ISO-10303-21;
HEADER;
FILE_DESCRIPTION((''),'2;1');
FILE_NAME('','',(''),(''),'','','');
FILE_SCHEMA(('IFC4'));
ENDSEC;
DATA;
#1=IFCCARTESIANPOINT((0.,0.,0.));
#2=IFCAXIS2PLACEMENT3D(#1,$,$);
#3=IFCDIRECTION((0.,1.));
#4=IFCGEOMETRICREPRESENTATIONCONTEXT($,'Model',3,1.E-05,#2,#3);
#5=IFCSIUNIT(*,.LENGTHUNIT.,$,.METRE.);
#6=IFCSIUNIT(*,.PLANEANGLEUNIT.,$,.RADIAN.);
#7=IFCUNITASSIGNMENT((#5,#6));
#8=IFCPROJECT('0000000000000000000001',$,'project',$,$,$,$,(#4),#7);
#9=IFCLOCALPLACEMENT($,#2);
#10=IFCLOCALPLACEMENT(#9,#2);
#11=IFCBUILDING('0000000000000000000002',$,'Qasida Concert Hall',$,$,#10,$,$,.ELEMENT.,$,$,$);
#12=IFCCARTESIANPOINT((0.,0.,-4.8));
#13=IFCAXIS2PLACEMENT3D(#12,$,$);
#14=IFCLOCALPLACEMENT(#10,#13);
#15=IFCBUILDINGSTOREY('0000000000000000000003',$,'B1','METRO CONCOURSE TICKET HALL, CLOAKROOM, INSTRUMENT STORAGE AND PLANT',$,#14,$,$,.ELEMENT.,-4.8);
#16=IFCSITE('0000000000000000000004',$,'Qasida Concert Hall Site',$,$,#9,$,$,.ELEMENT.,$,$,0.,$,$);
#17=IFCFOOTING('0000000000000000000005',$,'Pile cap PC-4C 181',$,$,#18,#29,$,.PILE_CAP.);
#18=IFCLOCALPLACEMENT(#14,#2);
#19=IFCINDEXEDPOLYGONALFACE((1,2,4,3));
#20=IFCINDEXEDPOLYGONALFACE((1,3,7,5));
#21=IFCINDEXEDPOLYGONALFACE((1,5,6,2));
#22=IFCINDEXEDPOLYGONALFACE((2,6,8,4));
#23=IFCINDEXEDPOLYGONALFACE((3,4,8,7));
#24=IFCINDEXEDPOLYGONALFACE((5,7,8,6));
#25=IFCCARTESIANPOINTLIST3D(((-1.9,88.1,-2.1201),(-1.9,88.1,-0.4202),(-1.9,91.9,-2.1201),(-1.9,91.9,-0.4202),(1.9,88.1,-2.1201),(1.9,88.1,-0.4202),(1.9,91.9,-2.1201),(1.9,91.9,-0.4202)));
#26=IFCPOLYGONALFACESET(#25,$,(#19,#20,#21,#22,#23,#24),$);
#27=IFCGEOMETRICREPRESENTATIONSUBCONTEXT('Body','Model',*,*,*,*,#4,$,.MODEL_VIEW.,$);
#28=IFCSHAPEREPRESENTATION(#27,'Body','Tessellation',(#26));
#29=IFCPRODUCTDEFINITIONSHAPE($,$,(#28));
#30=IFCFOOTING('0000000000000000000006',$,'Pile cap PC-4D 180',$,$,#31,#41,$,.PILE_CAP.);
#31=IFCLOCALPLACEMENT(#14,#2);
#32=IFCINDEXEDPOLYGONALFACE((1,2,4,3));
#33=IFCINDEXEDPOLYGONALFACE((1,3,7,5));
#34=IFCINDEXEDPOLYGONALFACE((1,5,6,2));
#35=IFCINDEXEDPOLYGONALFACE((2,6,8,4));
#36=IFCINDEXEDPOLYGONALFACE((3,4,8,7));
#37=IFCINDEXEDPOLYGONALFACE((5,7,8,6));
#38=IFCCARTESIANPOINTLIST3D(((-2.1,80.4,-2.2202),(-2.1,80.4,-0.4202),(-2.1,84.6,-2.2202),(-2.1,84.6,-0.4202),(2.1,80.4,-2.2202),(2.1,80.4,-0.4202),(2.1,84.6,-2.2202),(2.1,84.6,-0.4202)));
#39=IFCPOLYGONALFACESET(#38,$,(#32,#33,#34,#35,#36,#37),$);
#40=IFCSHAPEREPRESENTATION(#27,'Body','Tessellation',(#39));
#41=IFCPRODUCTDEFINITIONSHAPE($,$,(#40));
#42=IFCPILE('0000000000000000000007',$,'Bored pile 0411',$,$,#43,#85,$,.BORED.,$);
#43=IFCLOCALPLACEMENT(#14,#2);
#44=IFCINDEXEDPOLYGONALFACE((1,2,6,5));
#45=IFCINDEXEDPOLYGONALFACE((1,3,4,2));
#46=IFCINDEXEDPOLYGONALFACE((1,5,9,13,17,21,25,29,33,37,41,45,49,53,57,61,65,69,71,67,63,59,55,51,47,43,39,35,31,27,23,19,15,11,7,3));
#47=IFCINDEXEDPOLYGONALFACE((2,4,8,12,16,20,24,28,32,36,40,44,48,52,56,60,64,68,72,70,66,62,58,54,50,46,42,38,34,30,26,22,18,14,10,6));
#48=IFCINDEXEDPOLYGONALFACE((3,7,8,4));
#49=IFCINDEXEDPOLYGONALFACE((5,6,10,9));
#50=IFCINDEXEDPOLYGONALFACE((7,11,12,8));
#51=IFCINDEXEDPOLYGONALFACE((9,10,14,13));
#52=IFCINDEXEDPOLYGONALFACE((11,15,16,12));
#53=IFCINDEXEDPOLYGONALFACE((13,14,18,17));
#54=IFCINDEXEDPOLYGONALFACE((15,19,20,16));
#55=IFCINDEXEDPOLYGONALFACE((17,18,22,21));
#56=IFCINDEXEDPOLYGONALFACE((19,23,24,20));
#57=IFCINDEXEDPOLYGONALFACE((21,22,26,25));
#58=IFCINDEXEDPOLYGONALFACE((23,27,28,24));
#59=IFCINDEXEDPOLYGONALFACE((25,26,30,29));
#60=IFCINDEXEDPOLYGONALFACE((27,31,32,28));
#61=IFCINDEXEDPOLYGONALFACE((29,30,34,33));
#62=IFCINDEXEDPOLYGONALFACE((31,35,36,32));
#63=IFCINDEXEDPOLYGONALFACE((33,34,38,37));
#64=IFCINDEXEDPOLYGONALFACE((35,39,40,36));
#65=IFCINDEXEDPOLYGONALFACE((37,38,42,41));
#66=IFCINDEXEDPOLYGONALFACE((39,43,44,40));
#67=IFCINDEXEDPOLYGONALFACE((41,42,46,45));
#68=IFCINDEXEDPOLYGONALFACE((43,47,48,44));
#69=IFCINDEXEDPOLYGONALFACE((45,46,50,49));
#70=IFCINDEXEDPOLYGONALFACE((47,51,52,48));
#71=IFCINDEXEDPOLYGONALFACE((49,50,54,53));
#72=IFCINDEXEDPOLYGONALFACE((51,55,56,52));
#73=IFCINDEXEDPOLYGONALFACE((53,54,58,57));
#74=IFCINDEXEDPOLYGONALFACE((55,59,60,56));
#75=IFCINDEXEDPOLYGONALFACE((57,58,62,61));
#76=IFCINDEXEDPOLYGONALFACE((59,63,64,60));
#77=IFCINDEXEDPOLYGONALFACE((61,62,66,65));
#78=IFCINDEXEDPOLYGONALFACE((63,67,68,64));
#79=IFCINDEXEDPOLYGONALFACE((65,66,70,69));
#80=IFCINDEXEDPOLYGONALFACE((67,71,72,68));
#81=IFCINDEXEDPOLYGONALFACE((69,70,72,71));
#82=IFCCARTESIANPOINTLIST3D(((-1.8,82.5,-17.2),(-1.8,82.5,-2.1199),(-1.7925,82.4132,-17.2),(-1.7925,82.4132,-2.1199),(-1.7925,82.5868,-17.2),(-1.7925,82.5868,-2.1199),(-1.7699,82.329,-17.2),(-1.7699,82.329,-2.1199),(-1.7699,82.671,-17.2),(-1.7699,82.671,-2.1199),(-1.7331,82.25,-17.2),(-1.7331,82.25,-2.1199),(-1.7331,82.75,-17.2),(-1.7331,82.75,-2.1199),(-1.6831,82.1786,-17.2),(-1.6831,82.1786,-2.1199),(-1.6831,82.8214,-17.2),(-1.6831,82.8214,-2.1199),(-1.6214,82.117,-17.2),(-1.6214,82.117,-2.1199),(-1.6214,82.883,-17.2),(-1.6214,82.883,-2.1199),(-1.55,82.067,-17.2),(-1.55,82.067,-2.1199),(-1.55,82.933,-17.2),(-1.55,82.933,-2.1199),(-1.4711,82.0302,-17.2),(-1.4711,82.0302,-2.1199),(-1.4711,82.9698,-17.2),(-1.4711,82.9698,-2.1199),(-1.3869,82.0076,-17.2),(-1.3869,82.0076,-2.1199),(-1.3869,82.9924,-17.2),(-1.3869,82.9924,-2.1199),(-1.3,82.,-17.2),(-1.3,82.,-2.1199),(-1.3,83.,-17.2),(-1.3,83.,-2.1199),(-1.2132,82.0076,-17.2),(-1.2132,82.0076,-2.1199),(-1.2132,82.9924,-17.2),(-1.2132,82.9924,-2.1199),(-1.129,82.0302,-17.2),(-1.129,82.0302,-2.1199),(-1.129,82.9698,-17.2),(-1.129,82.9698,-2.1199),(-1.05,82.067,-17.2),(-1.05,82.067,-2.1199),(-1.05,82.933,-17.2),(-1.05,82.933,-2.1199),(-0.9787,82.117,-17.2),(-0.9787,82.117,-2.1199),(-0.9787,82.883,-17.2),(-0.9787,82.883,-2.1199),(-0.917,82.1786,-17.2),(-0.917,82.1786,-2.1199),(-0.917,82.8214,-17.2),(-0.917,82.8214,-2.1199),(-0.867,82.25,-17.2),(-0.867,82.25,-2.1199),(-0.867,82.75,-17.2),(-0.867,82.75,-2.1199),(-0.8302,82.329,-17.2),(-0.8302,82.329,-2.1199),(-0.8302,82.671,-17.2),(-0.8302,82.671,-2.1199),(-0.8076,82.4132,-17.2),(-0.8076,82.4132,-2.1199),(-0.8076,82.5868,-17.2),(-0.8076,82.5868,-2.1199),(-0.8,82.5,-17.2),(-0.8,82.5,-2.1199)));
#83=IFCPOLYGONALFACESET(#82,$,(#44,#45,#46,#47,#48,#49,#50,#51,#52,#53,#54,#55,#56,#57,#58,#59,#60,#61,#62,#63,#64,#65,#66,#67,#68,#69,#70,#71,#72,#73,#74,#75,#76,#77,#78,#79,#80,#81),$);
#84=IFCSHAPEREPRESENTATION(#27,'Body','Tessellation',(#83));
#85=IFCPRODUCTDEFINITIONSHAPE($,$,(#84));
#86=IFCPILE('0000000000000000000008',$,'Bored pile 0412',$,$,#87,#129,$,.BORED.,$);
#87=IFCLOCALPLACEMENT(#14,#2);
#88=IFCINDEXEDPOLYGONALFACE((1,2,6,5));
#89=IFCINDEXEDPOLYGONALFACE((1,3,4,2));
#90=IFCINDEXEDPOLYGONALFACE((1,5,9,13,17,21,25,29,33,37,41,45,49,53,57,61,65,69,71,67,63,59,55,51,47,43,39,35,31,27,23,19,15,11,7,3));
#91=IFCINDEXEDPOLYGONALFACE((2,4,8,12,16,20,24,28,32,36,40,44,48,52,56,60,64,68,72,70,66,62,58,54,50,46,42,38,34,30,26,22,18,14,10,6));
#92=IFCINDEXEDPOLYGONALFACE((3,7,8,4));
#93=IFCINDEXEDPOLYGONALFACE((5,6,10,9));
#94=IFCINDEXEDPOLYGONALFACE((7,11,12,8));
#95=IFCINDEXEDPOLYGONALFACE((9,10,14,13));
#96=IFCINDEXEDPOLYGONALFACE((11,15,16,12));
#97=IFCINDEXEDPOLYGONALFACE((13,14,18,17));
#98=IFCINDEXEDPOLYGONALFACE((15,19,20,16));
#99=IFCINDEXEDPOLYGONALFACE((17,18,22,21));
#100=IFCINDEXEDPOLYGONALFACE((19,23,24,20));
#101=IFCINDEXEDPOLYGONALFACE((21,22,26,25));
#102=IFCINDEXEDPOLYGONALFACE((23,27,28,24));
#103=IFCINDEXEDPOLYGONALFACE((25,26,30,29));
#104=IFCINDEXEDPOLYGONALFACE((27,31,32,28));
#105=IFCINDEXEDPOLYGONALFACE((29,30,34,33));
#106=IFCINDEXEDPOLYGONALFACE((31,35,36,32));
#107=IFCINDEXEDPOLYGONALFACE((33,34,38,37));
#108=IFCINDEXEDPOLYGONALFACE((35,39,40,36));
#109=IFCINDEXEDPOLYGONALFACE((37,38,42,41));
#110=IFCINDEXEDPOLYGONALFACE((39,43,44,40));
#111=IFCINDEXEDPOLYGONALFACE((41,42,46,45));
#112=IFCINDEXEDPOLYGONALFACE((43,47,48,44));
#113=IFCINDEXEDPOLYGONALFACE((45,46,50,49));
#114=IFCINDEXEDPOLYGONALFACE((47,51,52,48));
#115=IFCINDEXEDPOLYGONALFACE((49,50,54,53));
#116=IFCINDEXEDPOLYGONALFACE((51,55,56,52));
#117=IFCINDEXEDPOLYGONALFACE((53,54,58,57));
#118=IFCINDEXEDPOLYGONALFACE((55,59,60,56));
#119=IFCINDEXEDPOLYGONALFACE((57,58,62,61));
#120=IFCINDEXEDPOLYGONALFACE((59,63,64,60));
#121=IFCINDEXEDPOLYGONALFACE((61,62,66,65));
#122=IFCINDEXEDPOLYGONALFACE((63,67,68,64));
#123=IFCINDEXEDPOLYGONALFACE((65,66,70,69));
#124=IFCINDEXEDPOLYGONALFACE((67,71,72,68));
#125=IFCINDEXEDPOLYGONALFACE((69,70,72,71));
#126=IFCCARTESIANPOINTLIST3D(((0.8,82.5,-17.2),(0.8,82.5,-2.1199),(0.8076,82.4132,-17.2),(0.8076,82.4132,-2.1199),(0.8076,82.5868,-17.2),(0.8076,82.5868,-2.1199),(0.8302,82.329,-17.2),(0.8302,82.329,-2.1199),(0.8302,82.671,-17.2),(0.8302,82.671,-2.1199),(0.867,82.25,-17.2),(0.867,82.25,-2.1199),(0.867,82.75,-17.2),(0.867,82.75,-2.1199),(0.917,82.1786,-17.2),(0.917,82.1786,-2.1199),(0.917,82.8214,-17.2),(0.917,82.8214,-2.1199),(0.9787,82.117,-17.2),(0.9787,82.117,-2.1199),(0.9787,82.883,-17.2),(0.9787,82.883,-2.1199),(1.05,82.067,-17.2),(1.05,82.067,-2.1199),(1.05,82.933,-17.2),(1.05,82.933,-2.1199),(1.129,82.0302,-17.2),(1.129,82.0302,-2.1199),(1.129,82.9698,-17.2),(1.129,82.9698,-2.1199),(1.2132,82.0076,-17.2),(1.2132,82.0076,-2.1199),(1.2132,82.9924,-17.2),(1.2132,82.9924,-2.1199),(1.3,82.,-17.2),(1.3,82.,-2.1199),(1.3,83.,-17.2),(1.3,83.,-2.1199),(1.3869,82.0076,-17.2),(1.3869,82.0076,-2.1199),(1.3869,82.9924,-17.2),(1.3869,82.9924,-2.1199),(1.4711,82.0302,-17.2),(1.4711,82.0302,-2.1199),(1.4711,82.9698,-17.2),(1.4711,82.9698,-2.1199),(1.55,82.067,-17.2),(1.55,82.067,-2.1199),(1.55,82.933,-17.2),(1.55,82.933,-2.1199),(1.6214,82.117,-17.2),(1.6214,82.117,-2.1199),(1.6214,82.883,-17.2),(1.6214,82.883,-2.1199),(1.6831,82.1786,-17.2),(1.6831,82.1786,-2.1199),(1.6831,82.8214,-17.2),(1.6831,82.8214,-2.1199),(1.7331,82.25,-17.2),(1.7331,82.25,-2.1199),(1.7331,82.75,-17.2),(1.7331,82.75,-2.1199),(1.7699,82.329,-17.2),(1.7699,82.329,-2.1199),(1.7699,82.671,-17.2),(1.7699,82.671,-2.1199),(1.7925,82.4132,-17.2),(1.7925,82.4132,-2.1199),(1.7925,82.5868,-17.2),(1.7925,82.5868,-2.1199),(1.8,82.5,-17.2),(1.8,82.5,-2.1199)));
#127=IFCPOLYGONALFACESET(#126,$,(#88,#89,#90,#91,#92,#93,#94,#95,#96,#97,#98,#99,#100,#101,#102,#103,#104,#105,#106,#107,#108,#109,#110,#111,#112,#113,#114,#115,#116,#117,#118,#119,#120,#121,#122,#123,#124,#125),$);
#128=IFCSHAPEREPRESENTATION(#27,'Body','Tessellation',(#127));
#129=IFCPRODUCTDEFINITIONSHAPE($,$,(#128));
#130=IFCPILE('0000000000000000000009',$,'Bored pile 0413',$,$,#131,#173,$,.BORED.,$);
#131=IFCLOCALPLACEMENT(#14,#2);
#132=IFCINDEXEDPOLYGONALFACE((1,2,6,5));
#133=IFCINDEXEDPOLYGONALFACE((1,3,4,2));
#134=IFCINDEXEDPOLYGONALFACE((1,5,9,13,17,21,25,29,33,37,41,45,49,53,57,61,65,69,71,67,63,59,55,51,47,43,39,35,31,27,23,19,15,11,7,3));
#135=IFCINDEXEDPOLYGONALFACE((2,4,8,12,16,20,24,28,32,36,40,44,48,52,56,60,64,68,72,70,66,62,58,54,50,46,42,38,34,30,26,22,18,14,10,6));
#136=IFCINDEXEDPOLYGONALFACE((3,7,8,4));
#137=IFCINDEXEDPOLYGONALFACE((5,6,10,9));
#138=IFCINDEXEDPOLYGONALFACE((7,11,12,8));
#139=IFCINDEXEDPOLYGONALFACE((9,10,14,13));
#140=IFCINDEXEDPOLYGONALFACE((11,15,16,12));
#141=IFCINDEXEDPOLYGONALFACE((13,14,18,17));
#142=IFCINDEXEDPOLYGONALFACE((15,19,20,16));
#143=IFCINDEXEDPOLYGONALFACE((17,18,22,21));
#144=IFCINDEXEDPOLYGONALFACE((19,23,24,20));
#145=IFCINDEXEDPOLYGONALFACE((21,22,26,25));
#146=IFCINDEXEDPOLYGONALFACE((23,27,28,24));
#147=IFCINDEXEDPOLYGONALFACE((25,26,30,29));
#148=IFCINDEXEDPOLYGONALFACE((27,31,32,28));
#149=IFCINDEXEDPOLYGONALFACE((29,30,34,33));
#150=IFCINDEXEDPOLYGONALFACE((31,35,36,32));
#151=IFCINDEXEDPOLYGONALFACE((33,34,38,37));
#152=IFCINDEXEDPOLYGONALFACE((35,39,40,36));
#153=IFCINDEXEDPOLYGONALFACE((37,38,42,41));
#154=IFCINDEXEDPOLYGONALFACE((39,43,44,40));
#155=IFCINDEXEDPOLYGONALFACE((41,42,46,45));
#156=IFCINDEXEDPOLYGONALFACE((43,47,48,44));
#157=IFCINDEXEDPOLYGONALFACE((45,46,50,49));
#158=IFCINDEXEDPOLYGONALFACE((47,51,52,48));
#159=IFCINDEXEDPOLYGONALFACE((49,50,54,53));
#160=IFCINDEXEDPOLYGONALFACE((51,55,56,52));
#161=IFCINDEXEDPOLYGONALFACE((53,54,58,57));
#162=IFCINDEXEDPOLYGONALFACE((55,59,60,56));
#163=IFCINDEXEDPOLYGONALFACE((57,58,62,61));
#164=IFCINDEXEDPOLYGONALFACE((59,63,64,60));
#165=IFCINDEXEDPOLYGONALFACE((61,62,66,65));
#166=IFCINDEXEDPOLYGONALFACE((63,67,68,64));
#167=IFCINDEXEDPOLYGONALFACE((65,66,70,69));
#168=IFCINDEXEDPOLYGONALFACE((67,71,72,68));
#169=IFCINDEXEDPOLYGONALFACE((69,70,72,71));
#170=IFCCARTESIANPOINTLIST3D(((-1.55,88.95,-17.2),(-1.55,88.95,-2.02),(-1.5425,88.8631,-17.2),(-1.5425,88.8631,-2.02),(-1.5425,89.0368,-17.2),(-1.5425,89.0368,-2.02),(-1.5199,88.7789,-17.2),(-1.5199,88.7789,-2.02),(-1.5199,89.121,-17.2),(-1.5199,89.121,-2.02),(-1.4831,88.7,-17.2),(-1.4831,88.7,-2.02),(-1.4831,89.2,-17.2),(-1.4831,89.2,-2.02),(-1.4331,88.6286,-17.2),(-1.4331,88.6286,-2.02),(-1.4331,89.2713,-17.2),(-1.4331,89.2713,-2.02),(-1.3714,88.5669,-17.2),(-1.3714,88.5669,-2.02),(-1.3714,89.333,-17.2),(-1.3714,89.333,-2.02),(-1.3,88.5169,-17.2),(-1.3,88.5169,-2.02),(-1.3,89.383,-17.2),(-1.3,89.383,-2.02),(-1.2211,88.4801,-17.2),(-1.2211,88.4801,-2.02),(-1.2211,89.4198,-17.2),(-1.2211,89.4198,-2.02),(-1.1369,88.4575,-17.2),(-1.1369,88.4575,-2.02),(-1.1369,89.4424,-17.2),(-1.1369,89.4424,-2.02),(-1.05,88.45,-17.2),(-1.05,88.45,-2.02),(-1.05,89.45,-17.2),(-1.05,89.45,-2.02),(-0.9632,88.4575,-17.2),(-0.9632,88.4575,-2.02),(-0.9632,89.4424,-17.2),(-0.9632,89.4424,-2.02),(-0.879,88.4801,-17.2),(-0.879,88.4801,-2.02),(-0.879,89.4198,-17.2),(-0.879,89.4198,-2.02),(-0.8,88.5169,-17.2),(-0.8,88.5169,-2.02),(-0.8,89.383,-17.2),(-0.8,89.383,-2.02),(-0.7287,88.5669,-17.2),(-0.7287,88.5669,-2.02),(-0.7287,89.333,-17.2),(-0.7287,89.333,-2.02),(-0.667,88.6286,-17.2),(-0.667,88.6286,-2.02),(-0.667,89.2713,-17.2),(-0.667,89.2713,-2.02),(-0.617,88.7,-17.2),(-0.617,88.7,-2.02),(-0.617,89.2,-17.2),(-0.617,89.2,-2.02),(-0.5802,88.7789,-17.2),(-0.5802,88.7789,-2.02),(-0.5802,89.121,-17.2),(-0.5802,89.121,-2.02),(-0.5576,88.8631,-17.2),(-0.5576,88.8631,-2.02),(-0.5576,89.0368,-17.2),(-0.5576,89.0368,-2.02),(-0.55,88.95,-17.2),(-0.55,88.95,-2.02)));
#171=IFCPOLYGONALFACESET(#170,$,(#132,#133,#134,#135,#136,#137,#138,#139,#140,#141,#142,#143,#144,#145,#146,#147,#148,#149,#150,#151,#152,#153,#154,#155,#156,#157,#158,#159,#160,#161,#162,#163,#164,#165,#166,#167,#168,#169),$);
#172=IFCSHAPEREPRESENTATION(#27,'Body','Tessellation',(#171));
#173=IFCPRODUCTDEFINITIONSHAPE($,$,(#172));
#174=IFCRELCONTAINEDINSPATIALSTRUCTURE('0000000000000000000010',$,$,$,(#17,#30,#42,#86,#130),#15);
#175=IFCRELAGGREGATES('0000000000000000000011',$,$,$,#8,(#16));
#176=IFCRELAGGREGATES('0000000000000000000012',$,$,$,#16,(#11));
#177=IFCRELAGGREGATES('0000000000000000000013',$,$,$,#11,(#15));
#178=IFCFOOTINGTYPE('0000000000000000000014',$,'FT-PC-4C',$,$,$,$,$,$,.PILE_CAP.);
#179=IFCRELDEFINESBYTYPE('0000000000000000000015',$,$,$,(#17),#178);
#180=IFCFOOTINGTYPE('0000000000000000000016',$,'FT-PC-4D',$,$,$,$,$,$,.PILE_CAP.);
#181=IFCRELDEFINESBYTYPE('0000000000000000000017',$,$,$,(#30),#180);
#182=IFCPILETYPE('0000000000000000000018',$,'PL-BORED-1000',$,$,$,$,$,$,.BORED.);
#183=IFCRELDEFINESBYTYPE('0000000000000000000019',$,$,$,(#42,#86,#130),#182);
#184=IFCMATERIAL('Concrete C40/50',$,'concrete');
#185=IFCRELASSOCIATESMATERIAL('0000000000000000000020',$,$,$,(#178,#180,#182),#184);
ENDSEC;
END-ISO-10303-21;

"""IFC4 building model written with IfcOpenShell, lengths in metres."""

from ifc_helpers import new_model, si_unit, direction, frame, origin, origin_2d, place, context, subcontext, project, spatial, rectangle, circle, extrude, material, material_profile, profile_set, type_object, element, save


model = new_model("IFC4")

# Units and contexts
model_context = context("Model", 3, precision=1e-05, world=origin(), true_north=direction((0.0, 1.0)))
body_context = subcontext(model_context, "Body", "Model", "MODEL_VIEW")
ifc_project = project(units=[si_unit("LENGTHUNIT", "METRE"), si_unit("PLANEANGLEUNIT", "RADIAN")], contexts=[model_context])

# Site, building, storey
site_placement = place(None, origin())
site = spatial("IfcSite", under=ifc_project, at=site_placement, Name="Qasida Concert Hall Site", CompositionType="ELEMENT", RefElevation=0.0)
building_placement = place(site_placement, origin())
building = spatial("IfcBuilding", under=site, at=building_placement, Name="Qasida Concert Hall", CompositionType="ELEMENT")
storey_placement = place(building_placement, frame((0.0, 0.0, -4.8)))
storey = spatial("IfcBuildingStorey", under=building, at=storey_placement, Name="B1", Description="METRO CONCOURSE TICKET HALL, CLOAKROOM, INSTRUMENT STORAGE AND PLANT", CompositionType="ELEMENT", Elevation=-4.8)

# Footings
ifc_material_1 = material(Name="Concrete C40/50", Category="concrete")
footing_type_1 = type_object("IfcFootingType", Name="FT-PC-4C", PredefinedType="PILE_CAP", material=ifc_material_1)
footing_1_placement = place(storey_placement, frame((0.0, 90.0, -2.1201), z_axis=(0.0, 0.0, 1.0), x_axis=(1.0, 0.0, 0.0)))
element("IfcFooting", 1, at=footing_1_placement, inside=storey, type_object=footing_type_1, Name="Pile cap PC-4C 181", PredefinedType="PILE_CAP", context=body_context, shape_type="SweptSolid", body=[
    extrude(rectangle(XDim=3.8, YDim=3.8, at=origin_2d()), origin(), (0.0, 0.0, 1.0), 1.7),
])
footing_type_2 = type_object("IfcFootingType", Name="FT-PC-4D", PredefinedType="PILE_CAP", material=ifc_material_1)
footing_2_placement = place(storey_placement, frame((0.0, 82.5, -2.2202), z_axis=(0.0, 0.0, 1.0), x_axis=(1.0, 0.0, 0.0)))
element("IfcFooting", 2, at=footing_2_placement, inside=storey, type_object=footing_type_2, Name="Pile cap PC-4D 180", PredefinedType="PILE_CAP", context=body_context, shape_type="SweptSolid", body=[
    extrude(rectangle(XDim=4.2, YDim=4.2, at=origin_2d()), origin(), (0.0, 0.0, 1.0), 1.8),
])

# Piles
ifc_material_profile_1 = material_profile(ifc_material_1, circle(Radius=0.5, at=origin_2d()), Name="BORED PILE D1000")
ifc_profile_set_1 = profile_set([ifc_material_profile_1], Name="Concrete C40/50")
pile_type = type_object("IfcPileType", Name="PL-BORED-1000", PredefinedType="BORED", material=ifc_profile_set_1)
for number, where, z_axis, x_axis, name in (
    (3, (-1.3, 82.5, -2.1199), (0.0, 0.0, -1.0), (1.0, 0.0, 0.0), "Bored pile 0411"),
    (4, (1.3, 82.5, -2.1199), (0.0, 0.0, -1.0), (1.0, 0.0, 0.0), "Bored pile 0412"),
):
    element("IfcPile", number, at=place(storey_placement, frame(where, z_axis=z_axis, x_axis=x_axis)), inside=storey, type_object=pile_type, Name=name, PredefinedType="BORED", context=body_context, shape_type="SweptSolid", body=[
        extrude(circle(Radius=0.5, at=origin_2d()), origin(), (0.0, 0.0, 1.0), 15.0801),
    ])
for number, where, z_axis, x_axis, name in (
    (5, (-1.05, 88.95, -2.02), (0.0, 0.0, -1.0), (1.0, 0.0, 0.0), "Bored pile 0413"),
):
    element("IfcPile", number, at=place(storey_placement, frame(where, z_axis=z_axis, x_axis=x_axis)), inside=storey, type_object=pile_type, Name=name, PredefinedType="BORED", context=body_context, shape_type="SweptSolid", body=[
        extrude(circle(Radius=0.5, at=origin_2d()), origin(), (0.0, 0.0, 1.0), 15.1799),
    ])

save(model, "model.ifc")
